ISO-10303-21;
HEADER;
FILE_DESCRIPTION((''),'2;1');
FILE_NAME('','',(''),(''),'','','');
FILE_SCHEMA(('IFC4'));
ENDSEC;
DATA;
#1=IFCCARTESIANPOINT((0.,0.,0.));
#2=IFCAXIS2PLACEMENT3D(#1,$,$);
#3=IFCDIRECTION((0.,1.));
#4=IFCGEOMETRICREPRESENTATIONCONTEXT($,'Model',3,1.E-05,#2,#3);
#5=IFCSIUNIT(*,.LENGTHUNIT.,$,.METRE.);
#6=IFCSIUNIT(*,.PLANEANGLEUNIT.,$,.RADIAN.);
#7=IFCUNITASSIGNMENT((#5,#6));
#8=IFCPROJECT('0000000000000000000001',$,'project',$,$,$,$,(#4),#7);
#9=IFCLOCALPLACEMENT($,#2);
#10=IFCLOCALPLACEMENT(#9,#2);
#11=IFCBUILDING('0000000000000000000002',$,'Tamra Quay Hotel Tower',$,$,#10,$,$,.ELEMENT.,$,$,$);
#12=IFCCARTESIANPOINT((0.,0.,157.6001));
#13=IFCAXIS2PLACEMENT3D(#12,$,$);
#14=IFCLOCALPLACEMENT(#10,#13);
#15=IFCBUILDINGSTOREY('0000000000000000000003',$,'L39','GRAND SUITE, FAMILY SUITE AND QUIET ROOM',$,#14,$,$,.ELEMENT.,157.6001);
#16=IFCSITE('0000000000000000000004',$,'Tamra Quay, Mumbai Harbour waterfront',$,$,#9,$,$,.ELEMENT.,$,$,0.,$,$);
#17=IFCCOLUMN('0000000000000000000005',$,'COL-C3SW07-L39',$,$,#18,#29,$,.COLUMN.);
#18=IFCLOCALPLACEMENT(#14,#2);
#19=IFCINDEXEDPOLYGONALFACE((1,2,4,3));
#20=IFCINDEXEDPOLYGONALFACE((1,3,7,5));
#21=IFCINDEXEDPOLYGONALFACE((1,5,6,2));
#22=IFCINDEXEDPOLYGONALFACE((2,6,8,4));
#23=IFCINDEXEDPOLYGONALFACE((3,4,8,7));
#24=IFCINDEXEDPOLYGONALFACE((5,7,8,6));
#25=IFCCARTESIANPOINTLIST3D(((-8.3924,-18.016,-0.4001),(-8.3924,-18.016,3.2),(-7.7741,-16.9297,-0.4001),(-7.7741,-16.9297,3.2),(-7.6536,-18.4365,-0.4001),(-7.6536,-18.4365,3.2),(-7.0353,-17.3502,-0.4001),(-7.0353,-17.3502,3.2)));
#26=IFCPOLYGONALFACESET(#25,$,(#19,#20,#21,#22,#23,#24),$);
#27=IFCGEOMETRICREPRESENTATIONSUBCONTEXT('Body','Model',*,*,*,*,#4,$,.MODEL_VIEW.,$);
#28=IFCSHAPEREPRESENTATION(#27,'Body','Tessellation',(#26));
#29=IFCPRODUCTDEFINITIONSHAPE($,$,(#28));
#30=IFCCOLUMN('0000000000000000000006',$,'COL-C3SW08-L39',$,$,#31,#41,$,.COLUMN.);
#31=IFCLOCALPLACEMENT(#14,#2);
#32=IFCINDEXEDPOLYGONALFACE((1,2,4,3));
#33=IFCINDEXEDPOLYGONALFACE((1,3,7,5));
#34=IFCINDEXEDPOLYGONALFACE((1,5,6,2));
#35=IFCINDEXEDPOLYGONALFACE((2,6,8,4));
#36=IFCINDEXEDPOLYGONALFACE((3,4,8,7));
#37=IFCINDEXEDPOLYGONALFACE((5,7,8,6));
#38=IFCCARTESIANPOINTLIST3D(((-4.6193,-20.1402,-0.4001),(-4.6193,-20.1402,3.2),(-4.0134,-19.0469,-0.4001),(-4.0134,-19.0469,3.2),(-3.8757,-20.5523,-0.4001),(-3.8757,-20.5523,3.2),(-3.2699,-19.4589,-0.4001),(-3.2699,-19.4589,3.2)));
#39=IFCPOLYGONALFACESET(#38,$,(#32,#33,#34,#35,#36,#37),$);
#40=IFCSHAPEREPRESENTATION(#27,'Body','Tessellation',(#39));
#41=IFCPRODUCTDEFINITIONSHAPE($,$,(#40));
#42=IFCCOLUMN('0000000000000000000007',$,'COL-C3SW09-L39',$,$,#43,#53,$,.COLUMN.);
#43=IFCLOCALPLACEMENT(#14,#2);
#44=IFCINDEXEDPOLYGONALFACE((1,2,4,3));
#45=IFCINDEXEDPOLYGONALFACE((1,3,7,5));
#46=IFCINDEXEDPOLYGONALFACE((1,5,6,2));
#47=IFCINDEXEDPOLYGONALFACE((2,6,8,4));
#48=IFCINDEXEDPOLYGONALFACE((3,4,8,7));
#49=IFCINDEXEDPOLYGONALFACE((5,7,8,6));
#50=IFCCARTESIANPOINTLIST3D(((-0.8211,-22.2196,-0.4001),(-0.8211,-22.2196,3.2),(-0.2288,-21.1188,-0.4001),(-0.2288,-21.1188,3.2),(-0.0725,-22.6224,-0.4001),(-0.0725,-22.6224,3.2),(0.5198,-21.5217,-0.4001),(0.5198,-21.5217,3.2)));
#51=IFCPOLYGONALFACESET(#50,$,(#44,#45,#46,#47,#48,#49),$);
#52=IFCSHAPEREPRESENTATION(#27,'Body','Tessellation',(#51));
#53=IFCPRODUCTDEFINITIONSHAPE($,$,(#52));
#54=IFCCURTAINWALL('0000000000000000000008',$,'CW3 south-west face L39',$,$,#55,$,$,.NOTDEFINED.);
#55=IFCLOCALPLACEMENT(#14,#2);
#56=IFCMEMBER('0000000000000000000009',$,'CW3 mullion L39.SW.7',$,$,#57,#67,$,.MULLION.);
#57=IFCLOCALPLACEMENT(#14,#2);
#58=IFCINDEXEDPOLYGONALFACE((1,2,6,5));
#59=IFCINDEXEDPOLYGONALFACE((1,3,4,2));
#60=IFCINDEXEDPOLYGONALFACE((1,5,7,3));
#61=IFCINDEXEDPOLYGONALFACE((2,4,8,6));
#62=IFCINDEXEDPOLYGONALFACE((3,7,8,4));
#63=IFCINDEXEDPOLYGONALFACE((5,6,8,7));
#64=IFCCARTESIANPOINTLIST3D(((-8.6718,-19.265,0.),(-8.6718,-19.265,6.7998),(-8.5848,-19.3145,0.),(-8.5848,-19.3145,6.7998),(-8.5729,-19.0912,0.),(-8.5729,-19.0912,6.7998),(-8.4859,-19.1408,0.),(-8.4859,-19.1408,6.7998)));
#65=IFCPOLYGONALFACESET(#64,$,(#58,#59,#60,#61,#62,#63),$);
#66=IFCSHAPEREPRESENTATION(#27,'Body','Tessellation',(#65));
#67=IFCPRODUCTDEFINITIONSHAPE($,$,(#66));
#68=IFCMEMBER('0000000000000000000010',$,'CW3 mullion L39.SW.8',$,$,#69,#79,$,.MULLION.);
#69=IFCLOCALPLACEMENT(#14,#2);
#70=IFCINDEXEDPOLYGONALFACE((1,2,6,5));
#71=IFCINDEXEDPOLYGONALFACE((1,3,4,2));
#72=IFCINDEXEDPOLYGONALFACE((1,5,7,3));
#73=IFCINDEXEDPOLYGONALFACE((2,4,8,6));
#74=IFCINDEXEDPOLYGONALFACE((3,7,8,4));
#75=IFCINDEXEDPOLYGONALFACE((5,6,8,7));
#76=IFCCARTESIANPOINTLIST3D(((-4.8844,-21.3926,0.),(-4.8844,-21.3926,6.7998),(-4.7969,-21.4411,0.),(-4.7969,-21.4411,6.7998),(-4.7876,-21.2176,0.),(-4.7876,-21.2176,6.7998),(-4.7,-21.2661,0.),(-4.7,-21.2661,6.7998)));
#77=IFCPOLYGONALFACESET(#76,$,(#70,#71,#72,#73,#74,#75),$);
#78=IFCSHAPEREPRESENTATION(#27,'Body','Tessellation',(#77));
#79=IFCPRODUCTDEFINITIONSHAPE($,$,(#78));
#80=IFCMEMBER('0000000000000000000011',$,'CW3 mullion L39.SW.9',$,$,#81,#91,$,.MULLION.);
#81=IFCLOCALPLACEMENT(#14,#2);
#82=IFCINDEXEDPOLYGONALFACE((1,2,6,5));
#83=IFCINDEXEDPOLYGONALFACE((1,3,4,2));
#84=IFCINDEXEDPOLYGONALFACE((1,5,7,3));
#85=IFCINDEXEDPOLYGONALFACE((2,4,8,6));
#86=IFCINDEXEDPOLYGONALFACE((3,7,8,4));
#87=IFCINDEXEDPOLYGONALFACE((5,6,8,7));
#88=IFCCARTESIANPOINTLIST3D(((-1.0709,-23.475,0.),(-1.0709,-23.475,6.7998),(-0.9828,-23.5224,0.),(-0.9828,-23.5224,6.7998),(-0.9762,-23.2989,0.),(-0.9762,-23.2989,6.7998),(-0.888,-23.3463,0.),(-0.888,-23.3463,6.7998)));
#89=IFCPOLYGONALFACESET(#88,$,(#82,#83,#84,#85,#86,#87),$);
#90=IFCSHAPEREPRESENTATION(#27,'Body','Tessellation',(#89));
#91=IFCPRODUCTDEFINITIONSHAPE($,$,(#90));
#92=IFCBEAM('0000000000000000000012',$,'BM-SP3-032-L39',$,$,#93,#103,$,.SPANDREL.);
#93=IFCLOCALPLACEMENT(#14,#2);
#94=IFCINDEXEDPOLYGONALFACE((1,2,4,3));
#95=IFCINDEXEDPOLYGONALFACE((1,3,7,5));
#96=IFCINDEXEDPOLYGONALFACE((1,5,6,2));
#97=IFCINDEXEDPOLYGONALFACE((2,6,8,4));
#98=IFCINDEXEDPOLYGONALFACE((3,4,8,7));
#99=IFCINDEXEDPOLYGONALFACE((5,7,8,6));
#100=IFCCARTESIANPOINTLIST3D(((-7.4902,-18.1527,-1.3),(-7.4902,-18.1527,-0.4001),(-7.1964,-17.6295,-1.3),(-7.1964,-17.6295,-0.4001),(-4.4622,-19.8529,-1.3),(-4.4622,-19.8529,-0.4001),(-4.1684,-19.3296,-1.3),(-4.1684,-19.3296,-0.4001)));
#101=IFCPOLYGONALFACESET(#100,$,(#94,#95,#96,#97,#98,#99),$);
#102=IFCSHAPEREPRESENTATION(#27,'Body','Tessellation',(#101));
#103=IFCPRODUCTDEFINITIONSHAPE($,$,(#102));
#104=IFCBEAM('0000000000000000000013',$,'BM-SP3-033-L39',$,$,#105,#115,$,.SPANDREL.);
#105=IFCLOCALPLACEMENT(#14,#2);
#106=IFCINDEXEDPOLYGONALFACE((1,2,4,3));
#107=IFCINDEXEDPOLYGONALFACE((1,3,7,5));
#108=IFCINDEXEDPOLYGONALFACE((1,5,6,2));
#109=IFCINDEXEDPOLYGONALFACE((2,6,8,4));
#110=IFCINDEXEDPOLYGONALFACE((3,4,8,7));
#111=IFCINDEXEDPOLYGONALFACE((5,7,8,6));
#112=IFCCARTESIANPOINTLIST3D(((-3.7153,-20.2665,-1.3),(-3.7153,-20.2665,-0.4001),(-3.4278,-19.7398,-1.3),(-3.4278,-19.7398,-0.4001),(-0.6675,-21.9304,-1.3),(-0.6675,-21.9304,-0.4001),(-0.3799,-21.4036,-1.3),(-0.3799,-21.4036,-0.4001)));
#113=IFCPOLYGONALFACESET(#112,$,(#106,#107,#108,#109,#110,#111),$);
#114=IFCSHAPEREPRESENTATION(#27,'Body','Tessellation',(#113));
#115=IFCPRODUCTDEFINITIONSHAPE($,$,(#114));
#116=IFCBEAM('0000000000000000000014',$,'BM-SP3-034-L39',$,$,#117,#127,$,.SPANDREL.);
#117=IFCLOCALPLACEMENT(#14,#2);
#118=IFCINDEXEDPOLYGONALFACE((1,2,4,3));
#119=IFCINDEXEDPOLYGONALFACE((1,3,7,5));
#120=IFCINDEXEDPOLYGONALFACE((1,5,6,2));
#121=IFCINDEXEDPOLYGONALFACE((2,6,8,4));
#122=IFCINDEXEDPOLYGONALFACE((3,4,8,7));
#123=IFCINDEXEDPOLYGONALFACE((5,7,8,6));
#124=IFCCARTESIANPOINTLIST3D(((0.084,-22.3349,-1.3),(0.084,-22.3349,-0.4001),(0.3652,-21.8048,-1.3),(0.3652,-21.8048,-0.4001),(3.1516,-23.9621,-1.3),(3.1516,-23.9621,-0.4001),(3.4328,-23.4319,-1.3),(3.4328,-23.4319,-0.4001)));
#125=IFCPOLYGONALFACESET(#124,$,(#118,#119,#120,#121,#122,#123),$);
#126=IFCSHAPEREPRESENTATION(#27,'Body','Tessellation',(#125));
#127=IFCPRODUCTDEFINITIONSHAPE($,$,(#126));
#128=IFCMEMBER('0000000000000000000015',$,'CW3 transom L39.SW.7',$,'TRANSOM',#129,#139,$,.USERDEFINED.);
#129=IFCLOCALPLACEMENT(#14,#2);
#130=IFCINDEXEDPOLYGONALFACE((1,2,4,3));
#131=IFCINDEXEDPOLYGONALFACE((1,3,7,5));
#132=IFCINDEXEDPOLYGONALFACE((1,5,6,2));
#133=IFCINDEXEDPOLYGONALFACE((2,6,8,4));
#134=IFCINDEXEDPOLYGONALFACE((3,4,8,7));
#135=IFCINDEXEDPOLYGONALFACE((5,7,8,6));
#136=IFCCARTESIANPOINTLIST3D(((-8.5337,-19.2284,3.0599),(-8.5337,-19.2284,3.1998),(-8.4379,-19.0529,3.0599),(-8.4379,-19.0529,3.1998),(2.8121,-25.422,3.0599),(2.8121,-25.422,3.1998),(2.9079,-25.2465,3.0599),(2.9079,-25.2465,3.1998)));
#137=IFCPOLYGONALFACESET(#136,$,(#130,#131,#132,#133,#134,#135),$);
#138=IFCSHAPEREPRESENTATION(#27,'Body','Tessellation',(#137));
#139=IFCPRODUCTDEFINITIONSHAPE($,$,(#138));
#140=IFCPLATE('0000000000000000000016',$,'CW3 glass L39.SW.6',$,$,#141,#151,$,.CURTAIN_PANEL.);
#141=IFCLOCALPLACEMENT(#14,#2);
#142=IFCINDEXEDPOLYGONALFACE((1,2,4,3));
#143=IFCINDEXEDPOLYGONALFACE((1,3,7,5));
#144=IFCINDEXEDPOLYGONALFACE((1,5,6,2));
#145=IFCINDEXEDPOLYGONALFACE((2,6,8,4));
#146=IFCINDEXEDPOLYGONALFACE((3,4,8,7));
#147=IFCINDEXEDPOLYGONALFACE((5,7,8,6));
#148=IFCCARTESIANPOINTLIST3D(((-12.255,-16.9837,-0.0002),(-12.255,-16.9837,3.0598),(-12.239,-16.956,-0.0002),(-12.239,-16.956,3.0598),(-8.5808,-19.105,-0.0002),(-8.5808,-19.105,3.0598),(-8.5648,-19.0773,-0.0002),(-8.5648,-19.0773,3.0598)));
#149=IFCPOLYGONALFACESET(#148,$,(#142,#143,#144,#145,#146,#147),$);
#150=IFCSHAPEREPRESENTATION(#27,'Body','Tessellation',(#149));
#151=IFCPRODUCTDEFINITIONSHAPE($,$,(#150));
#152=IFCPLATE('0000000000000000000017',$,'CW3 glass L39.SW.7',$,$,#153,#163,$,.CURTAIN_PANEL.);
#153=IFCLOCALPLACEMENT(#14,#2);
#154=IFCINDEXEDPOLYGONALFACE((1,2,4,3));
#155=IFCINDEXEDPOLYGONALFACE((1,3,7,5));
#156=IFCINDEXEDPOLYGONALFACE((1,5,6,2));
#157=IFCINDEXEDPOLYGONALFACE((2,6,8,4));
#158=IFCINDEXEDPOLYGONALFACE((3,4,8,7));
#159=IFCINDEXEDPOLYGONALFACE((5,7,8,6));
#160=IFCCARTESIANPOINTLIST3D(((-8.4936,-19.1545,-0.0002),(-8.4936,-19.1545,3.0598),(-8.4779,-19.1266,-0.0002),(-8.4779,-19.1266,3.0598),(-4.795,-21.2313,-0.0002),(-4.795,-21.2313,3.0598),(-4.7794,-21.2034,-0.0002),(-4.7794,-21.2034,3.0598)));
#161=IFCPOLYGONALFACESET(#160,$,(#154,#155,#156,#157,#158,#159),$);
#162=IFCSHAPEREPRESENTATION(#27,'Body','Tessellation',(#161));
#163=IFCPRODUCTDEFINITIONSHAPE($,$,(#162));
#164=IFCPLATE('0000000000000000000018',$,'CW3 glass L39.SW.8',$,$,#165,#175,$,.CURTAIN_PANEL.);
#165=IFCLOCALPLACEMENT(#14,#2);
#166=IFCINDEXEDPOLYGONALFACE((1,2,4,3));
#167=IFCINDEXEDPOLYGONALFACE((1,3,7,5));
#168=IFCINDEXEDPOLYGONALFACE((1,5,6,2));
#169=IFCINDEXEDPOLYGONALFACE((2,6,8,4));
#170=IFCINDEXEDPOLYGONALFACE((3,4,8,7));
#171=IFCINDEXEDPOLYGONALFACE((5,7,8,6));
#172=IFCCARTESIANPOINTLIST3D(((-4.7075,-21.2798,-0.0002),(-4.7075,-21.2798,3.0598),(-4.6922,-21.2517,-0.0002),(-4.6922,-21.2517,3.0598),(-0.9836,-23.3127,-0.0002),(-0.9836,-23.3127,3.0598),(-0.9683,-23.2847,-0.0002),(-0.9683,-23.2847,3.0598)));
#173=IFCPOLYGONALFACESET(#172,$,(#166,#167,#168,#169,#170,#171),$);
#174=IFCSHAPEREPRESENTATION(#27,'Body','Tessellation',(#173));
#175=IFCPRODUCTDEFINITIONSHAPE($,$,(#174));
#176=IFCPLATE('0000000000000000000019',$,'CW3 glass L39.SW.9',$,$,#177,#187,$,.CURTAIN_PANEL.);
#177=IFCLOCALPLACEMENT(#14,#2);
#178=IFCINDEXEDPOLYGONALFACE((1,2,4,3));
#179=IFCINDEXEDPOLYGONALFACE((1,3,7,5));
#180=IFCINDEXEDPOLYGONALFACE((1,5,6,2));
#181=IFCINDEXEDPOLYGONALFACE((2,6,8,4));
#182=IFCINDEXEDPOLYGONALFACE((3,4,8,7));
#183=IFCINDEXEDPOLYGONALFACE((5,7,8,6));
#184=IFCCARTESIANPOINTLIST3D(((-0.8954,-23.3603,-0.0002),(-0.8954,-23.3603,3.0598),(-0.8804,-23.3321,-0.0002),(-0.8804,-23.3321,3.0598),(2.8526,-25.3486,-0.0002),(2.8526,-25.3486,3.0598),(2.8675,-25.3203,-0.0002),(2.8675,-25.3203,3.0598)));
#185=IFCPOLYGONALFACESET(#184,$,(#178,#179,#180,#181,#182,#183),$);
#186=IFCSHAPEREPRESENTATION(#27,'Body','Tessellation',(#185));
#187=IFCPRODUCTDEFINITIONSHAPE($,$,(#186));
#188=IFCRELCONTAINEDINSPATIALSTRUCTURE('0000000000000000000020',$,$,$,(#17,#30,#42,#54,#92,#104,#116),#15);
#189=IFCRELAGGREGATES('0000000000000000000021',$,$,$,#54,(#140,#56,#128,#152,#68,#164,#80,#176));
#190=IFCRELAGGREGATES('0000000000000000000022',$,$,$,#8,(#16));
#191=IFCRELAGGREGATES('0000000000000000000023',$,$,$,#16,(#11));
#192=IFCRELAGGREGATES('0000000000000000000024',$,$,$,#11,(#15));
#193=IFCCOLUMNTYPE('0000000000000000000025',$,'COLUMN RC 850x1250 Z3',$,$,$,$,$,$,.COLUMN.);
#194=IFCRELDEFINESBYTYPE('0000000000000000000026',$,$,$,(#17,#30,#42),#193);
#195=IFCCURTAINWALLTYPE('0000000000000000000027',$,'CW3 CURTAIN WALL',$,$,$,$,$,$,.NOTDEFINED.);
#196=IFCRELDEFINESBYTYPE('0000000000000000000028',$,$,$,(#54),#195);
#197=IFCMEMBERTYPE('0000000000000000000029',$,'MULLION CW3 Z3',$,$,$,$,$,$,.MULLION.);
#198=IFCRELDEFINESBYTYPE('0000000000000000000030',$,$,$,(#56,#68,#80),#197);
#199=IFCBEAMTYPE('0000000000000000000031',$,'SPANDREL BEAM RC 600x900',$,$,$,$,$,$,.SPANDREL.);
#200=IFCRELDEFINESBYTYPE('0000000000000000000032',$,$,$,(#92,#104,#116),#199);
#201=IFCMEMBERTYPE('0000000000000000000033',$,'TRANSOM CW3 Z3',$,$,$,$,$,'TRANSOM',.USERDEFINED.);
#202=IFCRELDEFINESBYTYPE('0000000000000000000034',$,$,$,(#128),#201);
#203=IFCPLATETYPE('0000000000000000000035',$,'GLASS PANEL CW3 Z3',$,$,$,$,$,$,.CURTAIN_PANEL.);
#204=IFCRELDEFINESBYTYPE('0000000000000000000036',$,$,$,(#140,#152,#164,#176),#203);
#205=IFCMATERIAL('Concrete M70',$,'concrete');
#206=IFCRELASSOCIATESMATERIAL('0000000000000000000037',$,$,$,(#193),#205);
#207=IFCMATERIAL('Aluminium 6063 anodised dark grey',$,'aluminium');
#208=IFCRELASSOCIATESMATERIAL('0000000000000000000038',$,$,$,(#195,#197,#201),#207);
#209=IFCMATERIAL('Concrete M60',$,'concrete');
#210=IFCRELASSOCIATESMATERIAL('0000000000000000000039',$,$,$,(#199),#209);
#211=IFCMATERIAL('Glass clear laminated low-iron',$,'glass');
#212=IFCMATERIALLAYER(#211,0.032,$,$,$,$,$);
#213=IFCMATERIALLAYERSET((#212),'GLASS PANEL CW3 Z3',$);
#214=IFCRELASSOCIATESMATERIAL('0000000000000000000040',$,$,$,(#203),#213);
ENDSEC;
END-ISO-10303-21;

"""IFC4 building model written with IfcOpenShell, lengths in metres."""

from ifc_helpers import new_model, si_unit, direction, frame, origin, origin_2d, place, context, subcontext, project, spatial, rectangle, extrude, material, layer, layer_set, material_profile, profile_set, type_object, element, aggregate, save


model = new_model("IFC4")

# Units and contexts
model_context = context("Model", 3, precision=1e-05, world=origin(), true_north=direction((0.0, 1.0)))
body_context = subcontext(model_context, "Body", "Model", "MODEL_VIEW")
ifc_project = project(units=[si_unit("LENGTHUNIT", "METRE"), si_unit("PLANEANGLEUNIT", "RADIAN")], contexts=[model_context])

# Site, building, storey
site_placement = place(None, origin())
site = spatial("IfcSite", under=ifc_project, at=site_placement, Name="Tamra Quay, Mumbai Harbour waterfront", CompositionType="ELEMENT", RefElevation=0.0)
building_placement = place(site_placement, origin())
building = spatial("IfcBuilding", under=site, at=building_placement, Name="Tamra Quay Hotel Tower", CompositionType="ELEMENT")
storey_placement = place(building_placement, frame((0.0, 0.0, 157.6001)))
storey = spatial("IfcBuildingStorey", under=building, at=storey_placement, Name="L39", Description="GRAND SUITE, FAMILY SUITE AND QUIET ROOM", CompositionType="ELEMENT", Elevation=157.6001)

# Columns
ifc_material_1 = material(Name="Concrete M70", Category="concrete")
ifc_material_profile_1 = material_profile(ifc_material_1, rectangle(XDim=1.25, YDim=0.8501, at=origin_2d()), Name="COLUMN RC 850x1250 Z3")
ifc_profile_set_1 = profile_set([ifc_material_profile_1], Name="Concrete M70")
column_type = type_object("IfcColumnType", Name="COLUMN RC 850x1250 Z3", PredefinedType="COLUMN", material=ifc_profile_set_1)
for number, where, z_axis, x_axis, name in (
    (1, (-7.7139, -17.6831, -0.4001), (0.0, 0.0, 1.0), (0.494656, 0.869089, 0.0), "COL-C3SW07-L39"),
    (2, (-3.9446, -19.7996, -0.4001), (0.0, 0.0, 1.0), (0.484683, 0.87469, 0.0), "COL-C3SW08-L39"),
    (3, (-0.1506, -21.8706, -0.4001), (0.0, 0.0, 1.0), (0.473876, 0.880592, 0.0), "COL-C3SW09-L39"),
):
    element("IfcColumn", number, at=place(storey_placement, frame(where, z_axis=z_axis, x_axis=x_axis)), inside=storey, type_object=column_type, Name=name, PredefinedType="COLUMN", context=body_context, shape_type="SweptSolid", body=[
        extrude(rectangle(XDim=1.25, YDim=0.8501, at=origin_2d()), origin(), (0.0, 0.0, 1.0), 3.6001),
    ])

# Curtain wall, members
ifc_material_2 = material(Name="Aluminium 6063 anodised dark grey", Category="aluminium")
curtain_wall_type = type_object("IfcCurtainWallType", Name="CW3 CURTAIN WALL", PredefinedType="NOTDEFINED", material=ifc_material_2)
curtain_wall_placement = place(storey_placement, origin())
curtain_wall = element("IfcCurtainWall", 4, at=curtain_wall_placement, inside=storey, type_object=curtain_wall_type, Name="CW3 south-west face L39", PredefinedType="NOTDEFINED")
ifc_material_profile_2 = material_profile(ifc_material_2, rectangle(XDim=0.2, YDim=0.1001, at=origin_2d()), Name="MULLION 100X200")
ifc_profile_set_2 = profile_set([ifc_material_profile_2], Name="Aluminium 6063 anodised dark grey")
member_type_1 = type_object("IfcMemberType", Name="MULLION CW3 Z3", PredefinedType="MULLION", material=ifc_profile_set_2)
member_1_placement = place(storey_placement, frame((-8.5789, -19.2029, 0.0), z_axis=(0.0, 0.0, 1.0), x_axis=(-0.494813, -0.868999, 0.0)))
member_1 = element("IfcMember", 5, at=member_1_placement, type_object=member_type_1, Name="CW3 mullion L39.SW.7", PredefinedType="MULLION", context=body_context, shape_type="SweptSolid", body=[
    extrude(rectangle(XDim=0.2, YDim=0.1001, at=origin_2d()), origin(), (0.0, 0.0, 1.0), 6.7998),
])
member_2_placement = place(storey_placement, frame((-4.7922, -21.3293, 0.0), z_axis=(0.0, 0.0, 1.0), x_axis=(-0.484394, -0.87485, 0.0)))
member_2 = element("IfcMember", 6, at=member_2_placement, type_object=member_type_1, Name="CW3 mullion L39.SW.8", PredefinedType="MULLION", context=body_context, shape_type="SweptSolid", body=[
    extrude(rectangle(XDim=0.2, YDim=0.1001, at=origin_2d()), origin(), (0.0, 0.0, 1.0), 6.7998),
])
member_3_placement = place(storey_placement, frame((-0.9795, -23.4106, 0.0), z_axis=(0.0, 0.0, 1.0), x_axis=(-0.473908, -0.880574, 0.0)))
member_3 = element("IfcMember", 7, at=member_3_placement, type_object=member_type_1, Name="CW3 mullion L39.SW.9", PredefinedType="MULLION", context=body_context, shape_type="SweptSolid", body=[
    extrude(rectangle(XDim=0.2, YDim=0.1001, at=origin_2d()), origin(), (0.0, 0.0, 1.0), 6.7998),
])

# Beams
ifc_material_3 = material(Name="Concrete M60", Category="concrete")
ifc_material_profile_3 = material_profile(ifc_material_3, rectangle(XDim=0.6001, YDim=0.8999, at=origin_2d()), Name="SPANDREL BEAM RC 600x900")
ifc_profile_set_3 = profile_set([ifc_material_profile_3], Name="Concrete M60")
beam_type = type_object("IfcBeamType", Name="SPANDREL BEAM RC 600x900", PredefinedType="SPANDREL", material=ifc_profile_set_3)
beam_placement = place(storey_placement, frame((-7.3433, -17.8911, -0.8501), z_axis=(0.871956, -0.489584, 0.0), x_axis=(0.489584, 0.871956, 0.0)))
element("IfcBeam", 8, at=beam_placement, inside=storey, type_object=beam_type, Name="BM-SP3-032-L39", PredefinedType="SPANDREL", context=body_context, shape_type="SweptSolid", body=[
    extrude(rectangle(XDim=0.6001, YDim=0.8999, at=origin_2d()), origin(), (0.0, 0.0, 1.0), 3.4727),
])
for number, where, z_axis, x_axis, name in (
    (9, (-3.5715, -20.0032, -0.8501), (0.877732, -0.479153, 0.0), (0.479153, 0.877732, 0.0), "BM-SP3-033-L39"),
    (10, (0.2246, -22.0698, -0.8501), (0.883411, -0.468598, 0.0), (0.468598, 0.883411, 0.0), "BM-SP3-034-L39"),
):
    element("IfcBeam", number, at=place(storey_placement, frame(where, z_axis=z_axis, x_axis=x_axis)), inside=storey, type_object=beam_type, Name=name, PredefinedType="SPANDREL", context=body_context, shape_type="SweptSolid", body=[
        extrude(rectangle(XDim=0.6001, YDim=0.8999, at=origin_2d()), origin(), (0.0, 0.0, 1.0), 3.4724),
    ])

# Member
ifc_material_profile_4 = material_profile(ifc_material_2, rectangle(XDim=0.2, YDim=0.1399, at=origin_2d()), Name="TRANSOM 200X140")
ifc_profile_set_4 = profile_set([ifc_material_profile_4], Name="Aluminium 6063 anodised dark grey")
member_type_2 = type_object("IfcMemberType", Name="TRANSOM CW3 Z3", ElementType="TRANSOM", PredefinedType="USERDEFINED", material=ifc_profile_set_4)
member_4_placement = place(storey_placement, frame((-8.4858, -19.1406, 3.1299), z_axis=(0.877732, -0.479152, 0.0), x_axis=(0.479152, 0.877732, 0.0)))
member_4 = element("IfcMember", 11, at=member_4_placement, type_object=member_type_2, Name="CW3 transom L39.SW.7", ObjectType="TRANSOM", PredefinedType="USERDEFINED", context=body_context, shape_type="SweptSolid", body=[
    extrude(rectangle(XDim=0.2, YDim=0.1399, at=origin_2d()), origin(), (0.0, 0.0, 1.0), 12.9263),
])

# Plates
ifc_material_4 = material(Name="Glass clear laminated low-iron", Category="glass")
ifc_layer_1 = layer(ifc_material_4, 0.032)
ifc_layer_set_1 = layer_set([ifc_layer_1], Name="GLASS PANEL CW3 Z3")
plate_type = type_object("IfcPlateType", Name="GLASS PANEL CW3 Z3", PredefinedType="CURTAIN_PANEL", material=ifc_layer_set_1)
plate_1_placement = place(storey_placement, frame((-10.4099, -18.0305, -0.0002), z_axis=(0.0, 0.0, 1.0), x_axis=(0.866025, -0.5, 0.0)))
plate_1 = element("IfcPlate", 12, at=plate_1_placement, type_object=plate_type, Name="CW3 glass L39.SW.6", PredefinedType="CURTAIN_PANEL", context=body_context, shape_type="SweptSolid", body=[
    extrude(rectangle(XDim=4.2427, YDim=0.032, at=origin_2d()), origin(), (0.0, 0.0, 1.0), 3.0601),
])
plate_2_placement = place(storey_placement, frame((-6.6365, -20.179, -0.0002), z_axis=(0.0, 0.0, 1.0), x_axis=(0.871942, -0.489609, 0.0)))
plate_2 = element("IfcPlate", 13, at=plate_2_placement, type_object=plate_type, Name="CW3 glass L39.SW.7", PredefinedType="CURTAIN_PANEL", context=body_context, shape_type="SweptSolid", body=[
    extrude(rectangle(XDim=4.2417, YDim=0.032, at=origin_2d()), origin(), (0.0, 0.0, 1.0), 3.0601),
])
plate_3_placement = place(storey_placement, frame((-2.8379, -22.2822, -0.0002), z_axis=(0.0, 0.0, 1.0), x_axis=(0.877726, -0.479163, 0.0)))
plate_3 = element("IfcPlate", 14, at=plate_3_placement, type_object=plate_type, Name="CW3 glass L39.SW.8", PredefinedType="CURTAIN_PANEL", context=body_context, shape_type="SweptSolid", body=[
    extrude(rectangle(XDim=4.2427, YDim=0.032, at=origin_2d()), origin(), (0.0, 0.0, 1.0), 3.0601),
])
plate_4_placement = place(storey_placement, frame((0.9861, -24.3403, -0.0002), z_axis=(0.0, 0.0, 1.0), x_axis=(0.883391, -0.468636, 0.0)))
plate_4 = element("IfcPlate", 15, at=plate_4_placement, type_object=plate_type, Name="CW3 glass L39.SW.9", PredefinedType="CURTAIN_PANEL", context=body_context, shape_type="SweptSolid", body=[
    extrude(rectangle(XDim=4.2427, YDim=0.032, at=origin_2d()), origin(), (0.0, 0.0, 1.0), 3.0601),
])
aggregate(curtain_wall, [plate_1, member_1, member_4, plate_2, member_2, plate_3, member_3, plate_4])

save(model, "model.ifc")
